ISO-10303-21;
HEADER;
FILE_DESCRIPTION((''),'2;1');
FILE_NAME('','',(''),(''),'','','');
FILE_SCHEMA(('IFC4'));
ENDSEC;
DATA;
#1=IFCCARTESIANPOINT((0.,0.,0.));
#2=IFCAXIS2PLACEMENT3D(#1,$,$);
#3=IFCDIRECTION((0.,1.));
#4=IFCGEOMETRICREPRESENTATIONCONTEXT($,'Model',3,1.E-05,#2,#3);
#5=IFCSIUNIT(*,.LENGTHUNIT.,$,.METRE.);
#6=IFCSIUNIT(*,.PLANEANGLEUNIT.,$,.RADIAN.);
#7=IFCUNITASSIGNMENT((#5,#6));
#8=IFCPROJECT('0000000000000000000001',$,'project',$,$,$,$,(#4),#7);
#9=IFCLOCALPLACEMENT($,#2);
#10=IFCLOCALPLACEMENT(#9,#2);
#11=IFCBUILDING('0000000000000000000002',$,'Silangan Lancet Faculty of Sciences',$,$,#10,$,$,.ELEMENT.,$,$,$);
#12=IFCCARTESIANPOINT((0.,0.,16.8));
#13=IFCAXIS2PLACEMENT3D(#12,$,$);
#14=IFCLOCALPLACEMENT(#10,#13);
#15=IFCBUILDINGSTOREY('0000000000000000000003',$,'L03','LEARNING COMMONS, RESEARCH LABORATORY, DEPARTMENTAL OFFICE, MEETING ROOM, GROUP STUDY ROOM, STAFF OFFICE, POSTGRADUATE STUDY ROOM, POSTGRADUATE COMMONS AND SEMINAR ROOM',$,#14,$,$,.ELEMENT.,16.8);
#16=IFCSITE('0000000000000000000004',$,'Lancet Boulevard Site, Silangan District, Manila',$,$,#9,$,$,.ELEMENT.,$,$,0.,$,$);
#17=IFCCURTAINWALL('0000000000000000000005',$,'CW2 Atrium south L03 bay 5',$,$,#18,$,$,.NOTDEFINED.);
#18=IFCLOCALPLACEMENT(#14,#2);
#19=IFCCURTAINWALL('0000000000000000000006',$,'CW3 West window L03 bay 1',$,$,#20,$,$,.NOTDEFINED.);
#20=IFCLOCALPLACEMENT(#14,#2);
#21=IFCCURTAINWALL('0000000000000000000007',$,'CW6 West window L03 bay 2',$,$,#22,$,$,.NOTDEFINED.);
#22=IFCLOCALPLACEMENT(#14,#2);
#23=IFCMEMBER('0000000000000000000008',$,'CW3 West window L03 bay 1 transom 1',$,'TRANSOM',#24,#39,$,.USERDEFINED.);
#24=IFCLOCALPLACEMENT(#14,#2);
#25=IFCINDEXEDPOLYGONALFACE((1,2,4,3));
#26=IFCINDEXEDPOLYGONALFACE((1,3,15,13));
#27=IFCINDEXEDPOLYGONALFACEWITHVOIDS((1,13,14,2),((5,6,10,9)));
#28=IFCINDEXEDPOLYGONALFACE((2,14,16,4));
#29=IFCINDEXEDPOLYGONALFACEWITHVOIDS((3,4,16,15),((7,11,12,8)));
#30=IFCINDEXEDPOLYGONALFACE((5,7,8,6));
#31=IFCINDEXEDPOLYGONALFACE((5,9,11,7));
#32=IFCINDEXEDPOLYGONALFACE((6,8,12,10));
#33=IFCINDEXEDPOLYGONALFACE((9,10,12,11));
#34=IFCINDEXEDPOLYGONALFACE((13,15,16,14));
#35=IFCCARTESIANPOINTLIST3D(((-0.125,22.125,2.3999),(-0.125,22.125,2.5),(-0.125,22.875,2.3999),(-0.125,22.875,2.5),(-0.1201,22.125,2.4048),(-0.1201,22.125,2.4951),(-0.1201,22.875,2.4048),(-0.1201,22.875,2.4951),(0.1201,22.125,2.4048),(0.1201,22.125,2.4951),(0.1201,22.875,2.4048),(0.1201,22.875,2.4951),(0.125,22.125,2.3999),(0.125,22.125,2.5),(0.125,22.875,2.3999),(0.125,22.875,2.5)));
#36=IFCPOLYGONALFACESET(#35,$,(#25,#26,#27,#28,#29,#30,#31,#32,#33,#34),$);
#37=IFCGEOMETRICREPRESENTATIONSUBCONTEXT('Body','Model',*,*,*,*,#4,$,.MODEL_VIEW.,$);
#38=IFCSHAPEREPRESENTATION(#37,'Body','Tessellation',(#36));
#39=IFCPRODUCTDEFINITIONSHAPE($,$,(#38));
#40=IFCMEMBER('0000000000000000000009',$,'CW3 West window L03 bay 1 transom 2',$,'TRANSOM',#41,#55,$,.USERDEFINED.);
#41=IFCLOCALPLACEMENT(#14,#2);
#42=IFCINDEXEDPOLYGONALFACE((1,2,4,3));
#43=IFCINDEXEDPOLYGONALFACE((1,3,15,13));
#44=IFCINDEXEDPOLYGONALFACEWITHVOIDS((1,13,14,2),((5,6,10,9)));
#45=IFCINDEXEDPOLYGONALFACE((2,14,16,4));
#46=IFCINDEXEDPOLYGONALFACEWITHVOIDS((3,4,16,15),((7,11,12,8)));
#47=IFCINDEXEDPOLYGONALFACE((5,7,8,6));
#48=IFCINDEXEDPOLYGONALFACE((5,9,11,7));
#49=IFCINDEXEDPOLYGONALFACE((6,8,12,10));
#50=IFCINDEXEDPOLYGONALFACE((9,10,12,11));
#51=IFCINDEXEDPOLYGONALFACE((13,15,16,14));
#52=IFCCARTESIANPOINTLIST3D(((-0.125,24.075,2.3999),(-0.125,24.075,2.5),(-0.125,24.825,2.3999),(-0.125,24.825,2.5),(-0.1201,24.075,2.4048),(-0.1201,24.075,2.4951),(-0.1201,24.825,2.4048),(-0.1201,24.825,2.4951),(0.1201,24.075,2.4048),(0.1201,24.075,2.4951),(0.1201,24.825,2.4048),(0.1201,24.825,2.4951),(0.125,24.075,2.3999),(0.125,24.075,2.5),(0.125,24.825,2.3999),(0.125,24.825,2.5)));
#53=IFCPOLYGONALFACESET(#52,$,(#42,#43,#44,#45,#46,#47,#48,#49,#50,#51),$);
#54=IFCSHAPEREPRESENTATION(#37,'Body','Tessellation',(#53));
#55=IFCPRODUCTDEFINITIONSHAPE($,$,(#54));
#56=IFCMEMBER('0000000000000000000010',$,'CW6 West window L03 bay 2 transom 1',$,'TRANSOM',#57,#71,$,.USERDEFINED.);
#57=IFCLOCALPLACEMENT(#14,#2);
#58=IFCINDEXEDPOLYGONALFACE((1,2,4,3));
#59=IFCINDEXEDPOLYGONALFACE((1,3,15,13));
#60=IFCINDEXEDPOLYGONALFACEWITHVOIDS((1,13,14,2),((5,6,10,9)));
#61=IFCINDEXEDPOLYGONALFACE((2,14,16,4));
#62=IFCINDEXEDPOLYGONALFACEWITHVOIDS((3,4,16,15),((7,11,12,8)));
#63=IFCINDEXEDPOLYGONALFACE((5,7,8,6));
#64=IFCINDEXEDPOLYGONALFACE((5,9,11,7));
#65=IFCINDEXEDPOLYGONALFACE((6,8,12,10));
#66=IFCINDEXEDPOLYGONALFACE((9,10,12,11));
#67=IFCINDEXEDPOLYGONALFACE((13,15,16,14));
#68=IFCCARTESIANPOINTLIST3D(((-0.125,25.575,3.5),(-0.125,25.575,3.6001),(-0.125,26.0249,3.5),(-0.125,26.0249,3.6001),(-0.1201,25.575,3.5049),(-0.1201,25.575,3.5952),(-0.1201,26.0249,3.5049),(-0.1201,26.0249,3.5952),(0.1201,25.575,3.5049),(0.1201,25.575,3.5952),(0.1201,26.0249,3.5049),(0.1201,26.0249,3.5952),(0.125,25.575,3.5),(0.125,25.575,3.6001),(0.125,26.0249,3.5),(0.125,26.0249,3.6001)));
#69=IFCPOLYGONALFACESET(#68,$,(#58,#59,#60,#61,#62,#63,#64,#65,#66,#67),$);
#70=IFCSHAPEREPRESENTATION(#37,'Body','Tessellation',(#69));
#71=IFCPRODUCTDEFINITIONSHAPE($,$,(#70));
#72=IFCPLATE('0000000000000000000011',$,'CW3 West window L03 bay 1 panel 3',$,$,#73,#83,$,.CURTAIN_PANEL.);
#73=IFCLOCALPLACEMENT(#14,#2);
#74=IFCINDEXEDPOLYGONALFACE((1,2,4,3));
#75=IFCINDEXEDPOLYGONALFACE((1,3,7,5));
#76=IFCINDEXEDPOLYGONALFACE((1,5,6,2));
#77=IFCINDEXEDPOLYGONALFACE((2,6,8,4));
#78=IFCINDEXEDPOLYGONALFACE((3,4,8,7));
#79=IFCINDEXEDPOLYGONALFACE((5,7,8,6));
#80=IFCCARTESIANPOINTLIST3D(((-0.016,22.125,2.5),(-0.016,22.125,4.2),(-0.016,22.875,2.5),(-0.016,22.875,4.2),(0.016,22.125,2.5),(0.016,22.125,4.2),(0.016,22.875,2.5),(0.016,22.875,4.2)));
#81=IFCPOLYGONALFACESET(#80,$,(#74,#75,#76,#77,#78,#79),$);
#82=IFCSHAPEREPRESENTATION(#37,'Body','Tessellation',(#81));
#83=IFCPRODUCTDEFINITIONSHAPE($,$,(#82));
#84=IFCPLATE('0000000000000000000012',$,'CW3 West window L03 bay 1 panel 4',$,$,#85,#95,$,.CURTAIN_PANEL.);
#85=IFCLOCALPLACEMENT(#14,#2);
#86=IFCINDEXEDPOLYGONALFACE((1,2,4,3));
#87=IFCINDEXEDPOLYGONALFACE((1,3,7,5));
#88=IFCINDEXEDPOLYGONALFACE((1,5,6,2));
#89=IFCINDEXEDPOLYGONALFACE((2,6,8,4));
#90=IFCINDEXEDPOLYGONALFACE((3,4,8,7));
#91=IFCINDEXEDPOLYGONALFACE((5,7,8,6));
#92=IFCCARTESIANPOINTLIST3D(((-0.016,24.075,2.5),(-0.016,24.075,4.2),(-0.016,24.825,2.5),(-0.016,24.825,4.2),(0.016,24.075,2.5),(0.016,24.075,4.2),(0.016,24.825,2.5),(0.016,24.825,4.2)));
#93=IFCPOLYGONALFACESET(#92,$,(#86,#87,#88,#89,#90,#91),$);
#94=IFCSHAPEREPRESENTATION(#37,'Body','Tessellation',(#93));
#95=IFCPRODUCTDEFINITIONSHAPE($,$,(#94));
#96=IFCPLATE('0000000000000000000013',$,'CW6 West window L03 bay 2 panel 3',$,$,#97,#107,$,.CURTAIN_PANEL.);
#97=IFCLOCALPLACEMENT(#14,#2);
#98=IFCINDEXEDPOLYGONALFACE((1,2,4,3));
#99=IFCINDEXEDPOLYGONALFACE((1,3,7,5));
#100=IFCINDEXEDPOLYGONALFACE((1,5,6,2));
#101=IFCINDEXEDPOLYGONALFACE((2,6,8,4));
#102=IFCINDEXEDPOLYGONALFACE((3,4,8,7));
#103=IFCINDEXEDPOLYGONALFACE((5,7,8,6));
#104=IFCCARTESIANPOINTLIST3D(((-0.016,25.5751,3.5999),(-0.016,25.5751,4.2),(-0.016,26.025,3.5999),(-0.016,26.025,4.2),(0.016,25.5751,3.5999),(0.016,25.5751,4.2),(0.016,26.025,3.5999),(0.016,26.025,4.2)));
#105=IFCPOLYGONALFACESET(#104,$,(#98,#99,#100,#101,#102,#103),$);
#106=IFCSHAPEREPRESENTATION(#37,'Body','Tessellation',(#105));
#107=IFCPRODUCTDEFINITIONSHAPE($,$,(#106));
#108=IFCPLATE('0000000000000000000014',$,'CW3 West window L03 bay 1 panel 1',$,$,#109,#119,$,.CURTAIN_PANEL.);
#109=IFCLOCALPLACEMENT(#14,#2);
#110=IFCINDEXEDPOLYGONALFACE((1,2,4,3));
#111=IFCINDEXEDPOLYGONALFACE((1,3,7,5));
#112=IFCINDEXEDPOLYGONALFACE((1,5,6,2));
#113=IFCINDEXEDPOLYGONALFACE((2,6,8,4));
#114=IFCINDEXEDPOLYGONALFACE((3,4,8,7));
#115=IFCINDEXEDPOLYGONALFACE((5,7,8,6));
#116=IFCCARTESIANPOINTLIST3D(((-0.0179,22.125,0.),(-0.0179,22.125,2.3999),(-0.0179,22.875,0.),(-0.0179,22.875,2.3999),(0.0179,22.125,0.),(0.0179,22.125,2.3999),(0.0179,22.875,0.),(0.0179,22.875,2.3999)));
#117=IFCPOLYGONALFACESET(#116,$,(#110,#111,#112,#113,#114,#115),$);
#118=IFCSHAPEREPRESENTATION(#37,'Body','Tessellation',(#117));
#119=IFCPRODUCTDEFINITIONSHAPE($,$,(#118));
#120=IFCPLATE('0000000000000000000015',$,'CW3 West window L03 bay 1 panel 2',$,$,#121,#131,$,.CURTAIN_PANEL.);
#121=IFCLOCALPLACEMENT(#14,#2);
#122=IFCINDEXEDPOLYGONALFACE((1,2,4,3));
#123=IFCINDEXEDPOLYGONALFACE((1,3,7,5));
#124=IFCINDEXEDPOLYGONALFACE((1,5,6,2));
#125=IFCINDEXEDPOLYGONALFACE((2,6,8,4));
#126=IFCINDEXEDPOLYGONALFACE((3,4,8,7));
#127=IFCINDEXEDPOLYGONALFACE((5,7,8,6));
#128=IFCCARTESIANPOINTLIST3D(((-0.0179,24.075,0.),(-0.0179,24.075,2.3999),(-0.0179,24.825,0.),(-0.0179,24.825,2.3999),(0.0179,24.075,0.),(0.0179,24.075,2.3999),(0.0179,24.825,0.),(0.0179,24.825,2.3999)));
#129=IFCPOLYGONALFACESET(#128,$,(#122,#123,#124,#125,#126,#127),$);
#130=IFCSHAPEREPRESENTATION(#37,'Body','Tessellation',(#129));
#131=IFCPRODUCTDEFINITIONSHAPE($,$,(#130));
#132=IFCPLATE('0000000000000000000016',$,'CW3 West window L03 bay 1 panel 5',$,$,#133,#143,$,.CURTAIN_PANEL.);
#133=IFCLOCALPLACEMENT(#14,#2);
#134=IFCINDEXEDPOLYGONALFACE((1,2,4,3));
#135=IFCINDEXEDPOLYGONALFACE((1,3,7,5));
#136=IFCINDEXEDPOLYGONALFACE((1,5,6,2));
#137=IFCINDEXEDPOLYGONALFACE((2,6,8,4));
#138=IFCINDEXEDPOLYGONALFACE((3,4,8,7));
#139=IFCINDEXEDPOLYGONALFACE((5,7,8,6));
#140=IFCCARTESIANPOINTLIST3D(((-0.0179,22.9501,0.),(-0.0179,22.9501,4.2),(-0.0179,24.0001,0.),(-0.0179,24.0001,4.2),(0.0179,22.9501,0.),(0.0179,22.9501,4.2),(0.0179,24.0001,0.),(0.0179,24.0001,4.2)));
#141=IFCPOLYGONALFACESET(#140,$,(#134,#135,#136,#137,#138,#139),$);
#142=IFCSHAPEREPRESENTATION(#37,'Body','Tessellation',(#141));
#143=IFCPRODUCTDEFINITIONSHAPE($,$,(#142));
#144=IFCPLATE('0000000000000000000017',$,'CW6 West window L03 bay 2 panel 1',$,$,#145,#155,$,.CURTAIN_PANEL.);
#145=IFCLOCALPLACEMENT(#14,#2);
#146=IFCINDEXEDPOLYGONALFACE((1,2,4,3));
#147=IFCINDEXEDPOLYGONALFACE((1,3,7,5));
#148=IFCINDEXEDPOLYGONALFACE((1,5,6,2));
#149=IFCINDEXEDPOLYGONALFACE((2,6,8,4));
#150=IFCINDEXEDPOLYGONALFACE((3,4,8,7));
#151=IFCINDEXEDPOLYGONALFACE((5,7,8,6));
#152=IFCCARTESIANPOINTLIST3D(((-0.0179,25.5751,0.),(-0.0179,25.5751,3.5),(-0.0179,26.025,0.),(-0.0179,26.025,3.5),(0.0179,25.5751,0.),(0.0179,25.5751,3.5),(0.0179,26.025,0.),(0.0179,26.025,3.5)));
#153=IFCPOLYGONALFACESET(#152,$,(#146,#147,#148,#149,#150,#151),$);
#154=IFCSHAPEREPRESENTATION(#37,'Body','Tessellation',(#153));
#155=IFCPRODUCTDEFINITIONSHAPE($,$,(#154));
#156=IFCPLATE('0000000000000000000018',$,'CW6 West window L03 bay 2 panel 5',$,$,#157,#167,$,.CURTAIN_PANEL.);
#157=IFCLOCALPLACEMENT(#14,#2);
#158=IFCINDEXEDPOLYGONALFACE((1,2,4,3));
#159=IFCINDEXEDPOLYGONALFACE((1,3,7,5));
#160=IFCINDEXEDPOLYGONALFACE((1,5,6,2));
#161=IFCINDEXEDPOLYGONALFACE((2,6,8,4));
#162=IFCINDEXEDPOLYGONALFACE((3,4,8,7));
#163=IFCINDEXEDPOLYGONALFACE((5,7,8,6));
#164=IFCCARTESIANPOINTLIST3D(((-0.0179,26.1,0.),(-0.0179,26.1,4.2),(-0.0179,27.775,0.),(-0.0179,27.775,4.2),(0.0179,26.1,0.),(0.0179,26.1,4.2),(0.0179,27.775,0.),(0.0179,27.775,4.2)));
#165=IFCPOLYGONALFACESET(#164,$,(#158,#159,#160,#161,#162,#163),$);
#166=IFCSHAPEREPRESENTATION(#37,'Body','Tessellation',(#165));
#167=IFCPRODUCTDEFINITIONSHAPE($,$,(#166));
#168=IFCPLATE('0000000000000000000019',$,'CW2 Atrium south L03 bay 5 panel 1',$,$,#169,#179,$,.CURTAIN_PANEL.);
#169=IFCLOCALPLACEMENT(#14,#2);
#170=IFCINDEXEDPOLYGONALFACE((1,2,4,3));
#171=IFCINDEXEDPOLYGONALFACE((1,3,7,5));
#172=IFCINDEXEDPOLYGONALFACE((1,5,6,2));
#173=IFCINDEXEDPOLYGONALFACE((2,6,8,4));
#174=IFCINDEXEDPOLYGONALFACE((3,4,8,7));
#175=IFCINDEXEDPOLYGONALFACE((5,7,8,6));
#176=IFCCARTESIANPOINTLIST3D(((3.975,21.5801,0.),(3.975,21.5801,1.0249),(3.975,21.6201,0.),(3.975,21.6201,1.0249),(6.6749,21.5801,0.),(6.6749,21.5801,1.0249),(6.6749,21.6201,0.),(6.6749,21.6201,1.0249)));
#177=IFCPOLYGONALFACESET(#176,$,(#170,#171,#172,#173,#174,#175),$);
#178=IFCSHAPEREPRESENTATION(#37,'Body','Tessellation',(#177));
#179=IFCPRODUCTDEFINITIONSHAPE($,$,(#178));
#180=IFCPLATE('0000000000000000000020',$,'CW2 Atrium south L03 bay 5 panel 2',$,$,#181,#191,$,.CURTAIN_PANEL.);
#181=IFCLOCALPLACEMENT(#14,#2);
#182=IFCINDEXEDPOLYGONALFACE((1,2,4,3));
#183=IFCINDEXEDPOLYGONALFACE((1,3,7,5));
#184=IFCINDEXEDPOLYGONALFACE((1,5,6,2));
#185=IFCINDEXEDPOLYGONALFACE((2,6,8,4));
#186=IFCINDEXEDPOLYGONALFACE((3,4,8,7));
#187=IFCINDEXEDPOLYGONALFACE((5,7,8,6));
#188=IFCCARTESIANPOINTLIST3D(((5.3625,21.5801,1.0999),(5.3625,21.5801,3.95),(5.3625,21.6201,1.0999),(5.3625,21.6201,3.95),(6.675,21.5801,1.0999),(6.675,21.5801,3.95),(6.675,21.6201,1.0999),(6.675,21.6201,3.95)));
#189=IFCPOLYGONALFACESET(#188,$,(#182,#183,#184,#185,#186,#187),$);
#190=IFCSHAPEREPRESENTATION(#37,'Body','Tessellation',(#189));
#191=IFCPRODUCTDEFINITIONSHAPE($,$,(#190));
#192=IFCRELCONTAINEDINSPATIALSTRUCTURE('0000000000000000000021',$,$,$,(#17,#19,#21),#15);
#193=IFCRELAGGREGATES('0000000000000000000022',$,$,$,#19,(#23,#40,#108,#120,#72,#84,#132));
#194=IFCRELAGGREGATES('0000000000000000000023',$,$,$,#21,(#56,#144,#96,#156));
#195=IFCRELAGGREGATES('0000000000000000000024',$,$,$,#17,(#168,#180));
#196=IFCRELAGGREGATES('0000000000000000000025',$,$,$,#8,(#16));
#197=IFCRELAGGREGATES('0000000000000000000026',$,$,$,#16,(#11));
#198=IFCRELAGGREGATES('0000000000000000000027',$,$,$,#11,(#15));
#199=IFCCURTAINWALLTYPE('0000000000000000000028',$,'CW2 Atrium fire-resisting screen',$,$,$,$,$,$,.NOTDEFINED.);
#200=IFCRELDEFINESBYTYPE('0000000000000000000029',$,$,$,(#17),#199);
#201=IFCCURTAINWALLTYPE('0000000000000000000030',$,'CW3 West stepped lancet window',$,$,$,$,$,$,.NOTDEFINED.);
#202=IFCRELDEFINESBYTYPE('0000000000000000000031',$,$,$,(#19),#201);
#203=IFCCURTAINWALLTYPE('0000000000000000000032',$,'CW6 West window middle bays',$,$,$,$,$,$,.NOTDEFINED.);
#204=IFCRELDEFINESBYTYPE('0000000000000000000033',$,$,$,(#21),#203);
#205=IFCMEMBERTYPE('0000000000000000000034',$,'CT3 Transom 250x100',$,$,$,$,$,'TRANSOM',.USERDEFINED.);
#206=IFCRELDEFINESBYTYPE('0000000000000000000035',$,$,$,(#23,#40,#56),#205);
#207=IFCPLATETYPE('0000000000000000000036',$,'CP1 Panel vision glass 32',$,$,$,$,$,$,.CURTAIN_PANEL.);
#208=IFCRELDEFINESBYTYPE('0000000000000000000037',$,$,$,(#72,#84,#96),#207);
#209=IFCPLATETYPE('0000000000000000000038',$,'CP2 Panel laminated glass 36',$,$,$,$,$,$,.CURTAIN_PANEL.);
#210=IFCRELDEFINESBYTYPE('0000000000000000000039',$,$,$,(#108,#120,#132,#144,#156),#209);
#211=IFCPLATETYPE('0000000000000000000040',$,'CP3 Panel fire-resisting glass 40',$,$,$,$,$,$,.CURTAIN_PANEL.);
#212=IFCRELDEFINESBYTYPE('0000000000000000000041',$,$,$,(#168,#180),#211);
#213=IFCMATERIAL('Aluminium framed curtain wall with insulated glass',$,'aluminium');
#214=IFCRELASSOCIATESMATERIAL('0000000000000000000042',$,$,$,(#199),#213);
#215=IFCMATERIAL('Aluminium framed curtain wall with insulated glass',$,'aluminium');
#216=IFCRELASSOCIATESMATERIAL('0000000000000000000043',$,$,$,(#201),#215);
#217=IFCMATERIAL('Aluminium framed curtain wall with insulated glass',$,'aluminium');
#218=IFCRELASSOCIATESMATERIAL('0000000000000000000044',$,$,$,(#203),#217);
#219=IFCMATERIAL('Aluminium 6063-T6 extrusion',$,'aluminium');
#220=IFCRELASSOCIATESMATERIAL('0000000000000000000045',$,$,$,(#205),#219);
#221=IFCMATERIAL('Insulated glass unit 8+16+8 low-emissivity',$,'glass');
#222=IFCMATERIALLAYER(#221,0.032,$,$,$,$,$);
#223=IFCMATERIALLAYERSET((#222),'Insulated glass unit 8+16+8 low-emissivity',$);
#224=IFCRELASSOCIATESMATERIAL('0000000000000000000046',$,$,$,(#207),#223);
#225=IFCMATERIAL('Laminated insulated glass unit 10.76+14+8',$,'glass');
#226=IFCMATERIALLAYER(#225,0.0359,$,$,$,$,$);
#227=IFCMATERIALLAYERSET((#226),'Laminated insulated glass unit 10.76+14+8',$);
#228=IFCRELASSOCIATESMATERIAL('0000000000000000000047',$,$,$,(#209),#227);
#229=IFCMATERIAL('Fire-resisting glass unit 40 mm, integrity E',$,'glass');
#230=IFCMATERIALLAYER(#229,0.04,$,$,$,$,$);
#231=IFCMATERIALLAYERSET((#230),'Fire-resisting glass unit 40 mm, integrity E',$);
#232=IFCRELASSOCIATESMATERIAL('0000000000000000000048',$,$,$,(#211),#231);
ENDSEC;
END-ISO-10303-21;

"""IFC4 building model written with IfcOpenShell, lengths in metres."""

from ifc_helpers import new_model, si_unit, direction, frame, origin, origin_2d, place, context, subcontext, project, spatial, rectangle, hollow_rectangle, extrude, material, layer, layer_set, material_profile, profile_set, type_object, element, aggregate, save


model = new_model("IFC4")

# Units and contexts
model_context = context("Model", 3, precision=1e-05, world=origin(), true_north=direction((0.0, 1.0)))
body_context = subcontext(model_context, "Body", "Model", "MODEL_VIEW")
ifc_project = project(units=[si_unit("LENGTHUNIT", "METRE"), si_unit("PLANEANGLEUNIT", "RADIAN")], contexts=[model_context])

# Site, building, storey
site_placement = place(None, origin())
site = spatial("IfcSite", under=ifc_project, at=site_placement, Name="Lancet Boulevard Site, Silangan District, Manila", CompositionType="ELEMENT", RefElevation=0.0)
building_placement = place(site_placement, origin())
building = spatial("IfcBuilding", under=site, at=building_placement, Name="Silangan Lancet Faculty of Sciences", CompositionType="ELEMENT")
storey_placement = place(building_placement, frame((0.0, 0.0, 16.8)))
storey = spatial("IfcBuildingStorey", under=building, at=storey_placement, Name="L03", Description="LEARNING COMMONS, RESEARCH LABORATORY, DEPARTMENTAL OFFICE, MEETING ROOM, GROUP STUDY ROOM, STAFF OFFICE, POSTGRADUATE STUDY ROOM, POSTGRADUATE COMMONS AND SEMINAR ROOM", CompositionType="ELEMENT", Elevation=16.8)

# Curtain wall
ifc_material_1 = material(Name="Aluminium framed curtain wall with insulated glass", Category="aluminium")
curtain_wall_type_1 = type_object("IfcCurtainWallType", Name="CW2 Atrium fire-resisting screen", PredefinedType="NOTDEFINED", material=ifc_material_1)
curtain_wall_1_placement = place(storey_placement, origin())
curtain_wall_1 = element("IfcCurtainWall", 1, at=curtain_wall_1_placement, inside=storey, type_object=curtain_wall_type_1, Name="CW2 Atrium south L03 bay 5", PredefinedType="NOTDEFINED")

# Curtain walls
ifc_material_2 = material(Name="Aluminium framed curtain wall with insulated glass", Category="aluminium")
curtain_wall_type_2 = type_object("IfcCurtainWallType", Name="CW3 West stepped lancet window", PredefinedType="NOTDEFINED", material=ifc_material_2)
curtain_wall_2_placement = place(storey_placement, origin())
curtain_wall_2 = element("IfcCurtainWall", 2, at=curtain_wall_2_placement, inside=storey, type_object=curtain_wall_type_2, Name="CW3 West window L03 bay 1", PredefinedType="NOTDEFINED")
ifc_material_3 = material(Name="Aluminium framed curtain wall with insulated glass", Category="aluminium")
curtain_wall_type_3 = type_object("IfcCurtainWallType", Name="CW6 West window middle bays", PredefinedType="NOTDEFINED", material=ifc_material_3)
curtain_wall_3_placement = place(storey_placement, origin())
curtain_wall_3 = element("IfcCurtainWall", 3, at=curtain_wall_3_placement, inside=storey, type_object=curtain_wall_type_3, Name="CW6 West window L03 bay 2", PredefinedType="NOTDEFINED")

# Members
ifc_material_4 = material(Name="Aluminium 6063-T6 extrusion", Category="aluminium")
ifc_material_profile_1 = material_profile(ifc_material_4, hollow_rectangle(XDim=0.25, YDim=0.1001, WallThickness=0.0049, at=origin_2d()), Name="AL BOX 250x100x5")
ifc_profile_set_1 = profile_set([ifc_material_profile_1], Name="Aluminium 6063-T6 extrusion")
member_type_1 = type_object("IfcMemberType", Name="CT3 Transom 250x100", ElementType="TRANSOM", PredefinedType="USERDEFINED", material=ifc_profile_set_1)
member_1_placement = place(storey_placement, frame((0.0, 22.125, 2.45), z_axis=(0.0, 1.0, 0.0), x_axis=(-1.0, 0.0, 0.0)))
member_1 = element("IfcMember", 4, at=member_1_placement, type_object=member_type_1, Name="CW3 West window L03 bay 1 transom 1", ObjectType="TRANSOM", PredefinedType="USERDEFINED", context=body_context, shape_type="SweptSolid", body=[
    extrude(hollow_rectangle(XDim=0.25, YDim=0.1001, WallThickness=0.0049, at=origin_2d()), origin(), (0.0, 0.0, 1.0), 0.75),
])
member_2_placement = place(storey_placement, frame((0.0, 24.075, 2.45), z_axis=(0.0, 1.0, 0.0), x_axis=(-1.0, 0.0, 0.0)))
member_2 = element("IfcMember", 5, at=member_2_placement, type_object=member_type_1, Name="CW3 West window L03 bay 1 transom 2", ObjectType="TRANSOM", PredefinedType="USERDEFINED", context=body_context, shape_type="SweptSolid", body=[
    extrude(hollow_rectangle(XDim=0.25, YDim=0.1001, WallThickness=0.0049, at=origin_2d()), origin(), (0.0, 0.0, 1.0), 0.75),
])
member_3_placement = place(storey_placement, frame((0.0, 25.575, 3.55), z_axis=(0.0, 1.0, 0.0), x_axis=(-1.0, 0.0, 0.0)))
member_3 = element("IfcMember", 6, at=member_3_placement, type_object=member_type_1, Name="CW6 West window L03 bay 2 transom 1", ObjectType="TRANSOM", PredefinedType="USERDEFINED", context=body_context, shape_type="SweptSolid", body=[
    extrude(hollow_rectangle(XDim=0.25, YDim=0.1001, WallThickness=0.0049, at=origin_2d()), origin(), (0.0, 0.0, 1.0), 0.45),
])

# Plates
ifc_material_5 = material(Name="Insulated glass unit 8+16+8 low-emissivity", Category="glass")
ifc_layer_1 = layer(ifc_material_5, 0.032)
ifc_layer_set_1 = layer_set([ifc_layer_1], Name="Insulated glass unit 8+16+8 low-emissivity")
plate_type_1 = type_object("IfcPlateType", Name="CP1 Panel vision glass 32", PredefinedType="CURTAIN_PANEL", material=ifc_layer_set_1)
plate_1_placement = place(storey_placement, frame((0.0, 22.5, 2.5), z_axis=(0.0, 0.0, 1.0), x_axis=(0.0, 1.0, 0.0)))
plate_1 = element("IfcPlate", 7, at=plate_1_placement, type_object=plate_type_1, Name="CW3 West window L03 bay 1 panel 3", PredefinedType="CURTAIN_PANEL", context=body_context, shape_type="SweptSolid", body=[
    extrude(rectangle(XDim=0.75, YDim=0.032, at=origin_2d()), origin(), (0.0, 0.0, 1.0), 1.7),
])
plate_2_placement = place(storey_placement, frame((0.0, 24.45, 2.5), z_axis=(0.0, 0.0, 1.0), x_axis=(0.0, 1.0, 0.0)))
plate_2 = element("IfcPlate", 8, at=plate_2_placement, type_object=plate_type_1, Name="CW3 West window L03 bay 1 panel 4", PredefinedType="CURTAIN_PANEL", context=body_context, shape_type="SweptSolid", body=[
    extrude(rectangle(XDim=0.75, YDim=0.032, at=origin_2d()), origin(), (0.0, 0.0, 1.0), 1.7),
])
plate_3_placement = place(storey_placement, frame((0.0, 25.8, 3.5999), z_axis=(0.0, 0.0, 1.0), x_axis=(0.0, 1.0, 0.0)))
plate_3 = element("IfcPlate", 9, at=plate_3_placement, type_object=plate_type_1, Name="CW6 West window L03 bay 2 panel 3", PredefinedType="CURTAIN_PANEL", context=body_context, shape_type="SweptSolid", body=[
    extrude(rectangle(XDim=0.45, YDim=0.032, at=origin_2d()), origin(), (0.0, 0.0, 1.0), 0.6001),
])
ifc_material_6 = material(Name="Laminated insulated glass unit 10.76+14+8", Category="glass")
ifc_layer_2 = layer(ifc_material_6, 0.0359)
ifc_layer_set_2 = layer_set([ifc_layer_2], Name="Laminated insulated glass unit 10.76+14+8")
plate_type_2 = type_object("IfcPlateType", Name="CP2 Panel laminated glass 36", PredefinedType="CURTAIN_PANEL", material=ifc_layer_set_2)
plate_4_placement = place(storey_placement, frame((0.0, 22.5, 0.0), z_axis=(0.0, 0.0, 1.0), x_axis=(0.0, 1.0, 0.0)))
plate_4 = element("IfcPlate", 10, at=plate_4_placement, type_object=plate_type_2, Name="CW3 West window L03 bay 1 panel 1", PredefinedType="CURTAIN_PANEL", context=body_context, shape_type="SweptSolid", body=[
    extrude(rectangle(XDim=0.75, YDim=0.0359, at=origin_2d()), origin(), (0.0, 0.0, 1.0), 2.3999),
])
plate_5_placement = place(storey_placement, frame((0.0, 24.45, 0.0), z_axis=(0.0, 0.0, 1.0), x_axis=(0.0, 1.0, 0.0)))
plate_5 = element("IfcPlate", 11, at=plate_5_placement, type_object=plate_type_2, Name="CW3 West window L03 bay 1 panel 2", PredefinedType="CURTAIN_PANEL", context=body_context, shape_type="SweptSolid", body=[
    extrude(rectangle(XDim=0.75, YDim=0.0359, at=origin_2d()), origin(), (0.0, 0.0, 1.0), 2.3999),
])
plate_6_placement = place(storey_placement, frame((0.0, 23.4751, 0.0), z_axis=(0.0, 0.0, 1.0), x_axis=(0.0, 1.0, 0.0)))
plate_6 = element("IfcPlate", 12, at=plate_6_placement, type_object=plate_type_2, Name="CW3 West window L03 bay 1 panel 5", PredefinedType="CURTAIN_PANEL", context=body_context, shape_type="SweptSolid", body=[
    extrude(rectangle(XDim=1.05, YDim=0.0359, at=origin_2d()), origin(), (0.0, 0.0, 1.0), 4.2),
])
aggregate(curtain_wall_2, [member_1, member_2, plate_4, plate_5, plate_1, plate_2, plate_6])
plate_7_placement = place(storey_placement, frame((0.0, 25.8, 0.0), z_axis=(0.0, 0.0, 1.0), x_axis=(0.0, 1.0, 0.0)))
plate_7 = element("IfcPlate", 13, at=plate_7_placement, type_object=plate_type_2, Name="CW6 West window L03 bay 2 panel 1", PredefinedType="CURTAIN_PANEL", context=body_context, shape_type="SweptSolid", body=[
    extrude(rectangle(XDim=0.45, YDim=0.0359, at=origin_2d()), origin(), (0.0, 0.0, 1.0), 3.5),
])
plate_8_placement = place(storey_placement, frame((0.0, 26.9375, 0.0), z_axis=(0.0, 0.0, 1.0), x_axis=(0.0, 1.0, 0.0)))
plate_8 = element("IfcPlate", 14, at=plate_8_placement, type_object=plate_type_2, Name="CW6 West window L03 bay 2 panel 5", PredefinedType="CURTAIN_PANEL", context=body_context, shape_type="SweptSolid", body=[
    extrude(rectangle(XDim=1.675, YDim=0.0359, at=origin_2d()), origin(), (0.0, 0.0, 1.0), 4.2),
])
aggregate(curtain_wall_3, [member_3, plate_7, plate_3, plate_8])
ifc_material_7 = material(Name="Fire-resisting glass unit 40 mm, integrity E", Category="glass")
ifc_layer_3 = layer(ifc_material_7, 0.04)
ifc_layer_set_3 = layer_set([ifc_layer_3], Name="Fire-resisting glass unit 40 mm, integrity E")
plate_type_3 = type_object("IfcPlateType", Name="CP3 Panel fire-resisting glass 40", PredefinedType="CURTAIN_PANEL", material=ifc_layer_set_3)
plate_9_placement = place(storey_placement, frame((5.325, 21.6001, 0.0), z_axis=(0.0, 0.0, 1.0), x_axis=(-1.0, 0.0, 0.0)))
plate_9 = element("IfcPlate", 15, at=plate_9_placement, type_object=plate_type_3, Name="CW2 Atrium south L03 bay 5 panel 1", PredefinedType="CURTAIN_PANEL", context=body_context, shape_type="SweptSolid", body=[
    extrude(rectangle(XDim=2.7, YDim=0.04, at=origin_2d()), origin(), (0.0, 0.0, 1.0), 1.0249),
])
plate_10_placement = place(storey_placement, frame((6.0188, 21.6001, 1.0999), z_axis=(0.0, 0.0, 1.0), x_axis=(-1.0, 0.0, 0.0)))
plate_10 = element("IfcPlate", 16, at=plate_10_placement, type_object=plate_type_3, Name="CW2 Atrium south L03 bay 5 panel 2", PredefinedType="CURTAIN_PANEL", context=body_context, shape_type="SweptSolid", body=[
    extrude(rectangle(XDim=1.3125, YDim=0.04, at=origin_2d()), origin(), (0.0, 0.0, 1.0), 2.8501),
])
aggregate(curtain_wall_1, [plate_9, plate_10])

save(model, "model.ifc")
